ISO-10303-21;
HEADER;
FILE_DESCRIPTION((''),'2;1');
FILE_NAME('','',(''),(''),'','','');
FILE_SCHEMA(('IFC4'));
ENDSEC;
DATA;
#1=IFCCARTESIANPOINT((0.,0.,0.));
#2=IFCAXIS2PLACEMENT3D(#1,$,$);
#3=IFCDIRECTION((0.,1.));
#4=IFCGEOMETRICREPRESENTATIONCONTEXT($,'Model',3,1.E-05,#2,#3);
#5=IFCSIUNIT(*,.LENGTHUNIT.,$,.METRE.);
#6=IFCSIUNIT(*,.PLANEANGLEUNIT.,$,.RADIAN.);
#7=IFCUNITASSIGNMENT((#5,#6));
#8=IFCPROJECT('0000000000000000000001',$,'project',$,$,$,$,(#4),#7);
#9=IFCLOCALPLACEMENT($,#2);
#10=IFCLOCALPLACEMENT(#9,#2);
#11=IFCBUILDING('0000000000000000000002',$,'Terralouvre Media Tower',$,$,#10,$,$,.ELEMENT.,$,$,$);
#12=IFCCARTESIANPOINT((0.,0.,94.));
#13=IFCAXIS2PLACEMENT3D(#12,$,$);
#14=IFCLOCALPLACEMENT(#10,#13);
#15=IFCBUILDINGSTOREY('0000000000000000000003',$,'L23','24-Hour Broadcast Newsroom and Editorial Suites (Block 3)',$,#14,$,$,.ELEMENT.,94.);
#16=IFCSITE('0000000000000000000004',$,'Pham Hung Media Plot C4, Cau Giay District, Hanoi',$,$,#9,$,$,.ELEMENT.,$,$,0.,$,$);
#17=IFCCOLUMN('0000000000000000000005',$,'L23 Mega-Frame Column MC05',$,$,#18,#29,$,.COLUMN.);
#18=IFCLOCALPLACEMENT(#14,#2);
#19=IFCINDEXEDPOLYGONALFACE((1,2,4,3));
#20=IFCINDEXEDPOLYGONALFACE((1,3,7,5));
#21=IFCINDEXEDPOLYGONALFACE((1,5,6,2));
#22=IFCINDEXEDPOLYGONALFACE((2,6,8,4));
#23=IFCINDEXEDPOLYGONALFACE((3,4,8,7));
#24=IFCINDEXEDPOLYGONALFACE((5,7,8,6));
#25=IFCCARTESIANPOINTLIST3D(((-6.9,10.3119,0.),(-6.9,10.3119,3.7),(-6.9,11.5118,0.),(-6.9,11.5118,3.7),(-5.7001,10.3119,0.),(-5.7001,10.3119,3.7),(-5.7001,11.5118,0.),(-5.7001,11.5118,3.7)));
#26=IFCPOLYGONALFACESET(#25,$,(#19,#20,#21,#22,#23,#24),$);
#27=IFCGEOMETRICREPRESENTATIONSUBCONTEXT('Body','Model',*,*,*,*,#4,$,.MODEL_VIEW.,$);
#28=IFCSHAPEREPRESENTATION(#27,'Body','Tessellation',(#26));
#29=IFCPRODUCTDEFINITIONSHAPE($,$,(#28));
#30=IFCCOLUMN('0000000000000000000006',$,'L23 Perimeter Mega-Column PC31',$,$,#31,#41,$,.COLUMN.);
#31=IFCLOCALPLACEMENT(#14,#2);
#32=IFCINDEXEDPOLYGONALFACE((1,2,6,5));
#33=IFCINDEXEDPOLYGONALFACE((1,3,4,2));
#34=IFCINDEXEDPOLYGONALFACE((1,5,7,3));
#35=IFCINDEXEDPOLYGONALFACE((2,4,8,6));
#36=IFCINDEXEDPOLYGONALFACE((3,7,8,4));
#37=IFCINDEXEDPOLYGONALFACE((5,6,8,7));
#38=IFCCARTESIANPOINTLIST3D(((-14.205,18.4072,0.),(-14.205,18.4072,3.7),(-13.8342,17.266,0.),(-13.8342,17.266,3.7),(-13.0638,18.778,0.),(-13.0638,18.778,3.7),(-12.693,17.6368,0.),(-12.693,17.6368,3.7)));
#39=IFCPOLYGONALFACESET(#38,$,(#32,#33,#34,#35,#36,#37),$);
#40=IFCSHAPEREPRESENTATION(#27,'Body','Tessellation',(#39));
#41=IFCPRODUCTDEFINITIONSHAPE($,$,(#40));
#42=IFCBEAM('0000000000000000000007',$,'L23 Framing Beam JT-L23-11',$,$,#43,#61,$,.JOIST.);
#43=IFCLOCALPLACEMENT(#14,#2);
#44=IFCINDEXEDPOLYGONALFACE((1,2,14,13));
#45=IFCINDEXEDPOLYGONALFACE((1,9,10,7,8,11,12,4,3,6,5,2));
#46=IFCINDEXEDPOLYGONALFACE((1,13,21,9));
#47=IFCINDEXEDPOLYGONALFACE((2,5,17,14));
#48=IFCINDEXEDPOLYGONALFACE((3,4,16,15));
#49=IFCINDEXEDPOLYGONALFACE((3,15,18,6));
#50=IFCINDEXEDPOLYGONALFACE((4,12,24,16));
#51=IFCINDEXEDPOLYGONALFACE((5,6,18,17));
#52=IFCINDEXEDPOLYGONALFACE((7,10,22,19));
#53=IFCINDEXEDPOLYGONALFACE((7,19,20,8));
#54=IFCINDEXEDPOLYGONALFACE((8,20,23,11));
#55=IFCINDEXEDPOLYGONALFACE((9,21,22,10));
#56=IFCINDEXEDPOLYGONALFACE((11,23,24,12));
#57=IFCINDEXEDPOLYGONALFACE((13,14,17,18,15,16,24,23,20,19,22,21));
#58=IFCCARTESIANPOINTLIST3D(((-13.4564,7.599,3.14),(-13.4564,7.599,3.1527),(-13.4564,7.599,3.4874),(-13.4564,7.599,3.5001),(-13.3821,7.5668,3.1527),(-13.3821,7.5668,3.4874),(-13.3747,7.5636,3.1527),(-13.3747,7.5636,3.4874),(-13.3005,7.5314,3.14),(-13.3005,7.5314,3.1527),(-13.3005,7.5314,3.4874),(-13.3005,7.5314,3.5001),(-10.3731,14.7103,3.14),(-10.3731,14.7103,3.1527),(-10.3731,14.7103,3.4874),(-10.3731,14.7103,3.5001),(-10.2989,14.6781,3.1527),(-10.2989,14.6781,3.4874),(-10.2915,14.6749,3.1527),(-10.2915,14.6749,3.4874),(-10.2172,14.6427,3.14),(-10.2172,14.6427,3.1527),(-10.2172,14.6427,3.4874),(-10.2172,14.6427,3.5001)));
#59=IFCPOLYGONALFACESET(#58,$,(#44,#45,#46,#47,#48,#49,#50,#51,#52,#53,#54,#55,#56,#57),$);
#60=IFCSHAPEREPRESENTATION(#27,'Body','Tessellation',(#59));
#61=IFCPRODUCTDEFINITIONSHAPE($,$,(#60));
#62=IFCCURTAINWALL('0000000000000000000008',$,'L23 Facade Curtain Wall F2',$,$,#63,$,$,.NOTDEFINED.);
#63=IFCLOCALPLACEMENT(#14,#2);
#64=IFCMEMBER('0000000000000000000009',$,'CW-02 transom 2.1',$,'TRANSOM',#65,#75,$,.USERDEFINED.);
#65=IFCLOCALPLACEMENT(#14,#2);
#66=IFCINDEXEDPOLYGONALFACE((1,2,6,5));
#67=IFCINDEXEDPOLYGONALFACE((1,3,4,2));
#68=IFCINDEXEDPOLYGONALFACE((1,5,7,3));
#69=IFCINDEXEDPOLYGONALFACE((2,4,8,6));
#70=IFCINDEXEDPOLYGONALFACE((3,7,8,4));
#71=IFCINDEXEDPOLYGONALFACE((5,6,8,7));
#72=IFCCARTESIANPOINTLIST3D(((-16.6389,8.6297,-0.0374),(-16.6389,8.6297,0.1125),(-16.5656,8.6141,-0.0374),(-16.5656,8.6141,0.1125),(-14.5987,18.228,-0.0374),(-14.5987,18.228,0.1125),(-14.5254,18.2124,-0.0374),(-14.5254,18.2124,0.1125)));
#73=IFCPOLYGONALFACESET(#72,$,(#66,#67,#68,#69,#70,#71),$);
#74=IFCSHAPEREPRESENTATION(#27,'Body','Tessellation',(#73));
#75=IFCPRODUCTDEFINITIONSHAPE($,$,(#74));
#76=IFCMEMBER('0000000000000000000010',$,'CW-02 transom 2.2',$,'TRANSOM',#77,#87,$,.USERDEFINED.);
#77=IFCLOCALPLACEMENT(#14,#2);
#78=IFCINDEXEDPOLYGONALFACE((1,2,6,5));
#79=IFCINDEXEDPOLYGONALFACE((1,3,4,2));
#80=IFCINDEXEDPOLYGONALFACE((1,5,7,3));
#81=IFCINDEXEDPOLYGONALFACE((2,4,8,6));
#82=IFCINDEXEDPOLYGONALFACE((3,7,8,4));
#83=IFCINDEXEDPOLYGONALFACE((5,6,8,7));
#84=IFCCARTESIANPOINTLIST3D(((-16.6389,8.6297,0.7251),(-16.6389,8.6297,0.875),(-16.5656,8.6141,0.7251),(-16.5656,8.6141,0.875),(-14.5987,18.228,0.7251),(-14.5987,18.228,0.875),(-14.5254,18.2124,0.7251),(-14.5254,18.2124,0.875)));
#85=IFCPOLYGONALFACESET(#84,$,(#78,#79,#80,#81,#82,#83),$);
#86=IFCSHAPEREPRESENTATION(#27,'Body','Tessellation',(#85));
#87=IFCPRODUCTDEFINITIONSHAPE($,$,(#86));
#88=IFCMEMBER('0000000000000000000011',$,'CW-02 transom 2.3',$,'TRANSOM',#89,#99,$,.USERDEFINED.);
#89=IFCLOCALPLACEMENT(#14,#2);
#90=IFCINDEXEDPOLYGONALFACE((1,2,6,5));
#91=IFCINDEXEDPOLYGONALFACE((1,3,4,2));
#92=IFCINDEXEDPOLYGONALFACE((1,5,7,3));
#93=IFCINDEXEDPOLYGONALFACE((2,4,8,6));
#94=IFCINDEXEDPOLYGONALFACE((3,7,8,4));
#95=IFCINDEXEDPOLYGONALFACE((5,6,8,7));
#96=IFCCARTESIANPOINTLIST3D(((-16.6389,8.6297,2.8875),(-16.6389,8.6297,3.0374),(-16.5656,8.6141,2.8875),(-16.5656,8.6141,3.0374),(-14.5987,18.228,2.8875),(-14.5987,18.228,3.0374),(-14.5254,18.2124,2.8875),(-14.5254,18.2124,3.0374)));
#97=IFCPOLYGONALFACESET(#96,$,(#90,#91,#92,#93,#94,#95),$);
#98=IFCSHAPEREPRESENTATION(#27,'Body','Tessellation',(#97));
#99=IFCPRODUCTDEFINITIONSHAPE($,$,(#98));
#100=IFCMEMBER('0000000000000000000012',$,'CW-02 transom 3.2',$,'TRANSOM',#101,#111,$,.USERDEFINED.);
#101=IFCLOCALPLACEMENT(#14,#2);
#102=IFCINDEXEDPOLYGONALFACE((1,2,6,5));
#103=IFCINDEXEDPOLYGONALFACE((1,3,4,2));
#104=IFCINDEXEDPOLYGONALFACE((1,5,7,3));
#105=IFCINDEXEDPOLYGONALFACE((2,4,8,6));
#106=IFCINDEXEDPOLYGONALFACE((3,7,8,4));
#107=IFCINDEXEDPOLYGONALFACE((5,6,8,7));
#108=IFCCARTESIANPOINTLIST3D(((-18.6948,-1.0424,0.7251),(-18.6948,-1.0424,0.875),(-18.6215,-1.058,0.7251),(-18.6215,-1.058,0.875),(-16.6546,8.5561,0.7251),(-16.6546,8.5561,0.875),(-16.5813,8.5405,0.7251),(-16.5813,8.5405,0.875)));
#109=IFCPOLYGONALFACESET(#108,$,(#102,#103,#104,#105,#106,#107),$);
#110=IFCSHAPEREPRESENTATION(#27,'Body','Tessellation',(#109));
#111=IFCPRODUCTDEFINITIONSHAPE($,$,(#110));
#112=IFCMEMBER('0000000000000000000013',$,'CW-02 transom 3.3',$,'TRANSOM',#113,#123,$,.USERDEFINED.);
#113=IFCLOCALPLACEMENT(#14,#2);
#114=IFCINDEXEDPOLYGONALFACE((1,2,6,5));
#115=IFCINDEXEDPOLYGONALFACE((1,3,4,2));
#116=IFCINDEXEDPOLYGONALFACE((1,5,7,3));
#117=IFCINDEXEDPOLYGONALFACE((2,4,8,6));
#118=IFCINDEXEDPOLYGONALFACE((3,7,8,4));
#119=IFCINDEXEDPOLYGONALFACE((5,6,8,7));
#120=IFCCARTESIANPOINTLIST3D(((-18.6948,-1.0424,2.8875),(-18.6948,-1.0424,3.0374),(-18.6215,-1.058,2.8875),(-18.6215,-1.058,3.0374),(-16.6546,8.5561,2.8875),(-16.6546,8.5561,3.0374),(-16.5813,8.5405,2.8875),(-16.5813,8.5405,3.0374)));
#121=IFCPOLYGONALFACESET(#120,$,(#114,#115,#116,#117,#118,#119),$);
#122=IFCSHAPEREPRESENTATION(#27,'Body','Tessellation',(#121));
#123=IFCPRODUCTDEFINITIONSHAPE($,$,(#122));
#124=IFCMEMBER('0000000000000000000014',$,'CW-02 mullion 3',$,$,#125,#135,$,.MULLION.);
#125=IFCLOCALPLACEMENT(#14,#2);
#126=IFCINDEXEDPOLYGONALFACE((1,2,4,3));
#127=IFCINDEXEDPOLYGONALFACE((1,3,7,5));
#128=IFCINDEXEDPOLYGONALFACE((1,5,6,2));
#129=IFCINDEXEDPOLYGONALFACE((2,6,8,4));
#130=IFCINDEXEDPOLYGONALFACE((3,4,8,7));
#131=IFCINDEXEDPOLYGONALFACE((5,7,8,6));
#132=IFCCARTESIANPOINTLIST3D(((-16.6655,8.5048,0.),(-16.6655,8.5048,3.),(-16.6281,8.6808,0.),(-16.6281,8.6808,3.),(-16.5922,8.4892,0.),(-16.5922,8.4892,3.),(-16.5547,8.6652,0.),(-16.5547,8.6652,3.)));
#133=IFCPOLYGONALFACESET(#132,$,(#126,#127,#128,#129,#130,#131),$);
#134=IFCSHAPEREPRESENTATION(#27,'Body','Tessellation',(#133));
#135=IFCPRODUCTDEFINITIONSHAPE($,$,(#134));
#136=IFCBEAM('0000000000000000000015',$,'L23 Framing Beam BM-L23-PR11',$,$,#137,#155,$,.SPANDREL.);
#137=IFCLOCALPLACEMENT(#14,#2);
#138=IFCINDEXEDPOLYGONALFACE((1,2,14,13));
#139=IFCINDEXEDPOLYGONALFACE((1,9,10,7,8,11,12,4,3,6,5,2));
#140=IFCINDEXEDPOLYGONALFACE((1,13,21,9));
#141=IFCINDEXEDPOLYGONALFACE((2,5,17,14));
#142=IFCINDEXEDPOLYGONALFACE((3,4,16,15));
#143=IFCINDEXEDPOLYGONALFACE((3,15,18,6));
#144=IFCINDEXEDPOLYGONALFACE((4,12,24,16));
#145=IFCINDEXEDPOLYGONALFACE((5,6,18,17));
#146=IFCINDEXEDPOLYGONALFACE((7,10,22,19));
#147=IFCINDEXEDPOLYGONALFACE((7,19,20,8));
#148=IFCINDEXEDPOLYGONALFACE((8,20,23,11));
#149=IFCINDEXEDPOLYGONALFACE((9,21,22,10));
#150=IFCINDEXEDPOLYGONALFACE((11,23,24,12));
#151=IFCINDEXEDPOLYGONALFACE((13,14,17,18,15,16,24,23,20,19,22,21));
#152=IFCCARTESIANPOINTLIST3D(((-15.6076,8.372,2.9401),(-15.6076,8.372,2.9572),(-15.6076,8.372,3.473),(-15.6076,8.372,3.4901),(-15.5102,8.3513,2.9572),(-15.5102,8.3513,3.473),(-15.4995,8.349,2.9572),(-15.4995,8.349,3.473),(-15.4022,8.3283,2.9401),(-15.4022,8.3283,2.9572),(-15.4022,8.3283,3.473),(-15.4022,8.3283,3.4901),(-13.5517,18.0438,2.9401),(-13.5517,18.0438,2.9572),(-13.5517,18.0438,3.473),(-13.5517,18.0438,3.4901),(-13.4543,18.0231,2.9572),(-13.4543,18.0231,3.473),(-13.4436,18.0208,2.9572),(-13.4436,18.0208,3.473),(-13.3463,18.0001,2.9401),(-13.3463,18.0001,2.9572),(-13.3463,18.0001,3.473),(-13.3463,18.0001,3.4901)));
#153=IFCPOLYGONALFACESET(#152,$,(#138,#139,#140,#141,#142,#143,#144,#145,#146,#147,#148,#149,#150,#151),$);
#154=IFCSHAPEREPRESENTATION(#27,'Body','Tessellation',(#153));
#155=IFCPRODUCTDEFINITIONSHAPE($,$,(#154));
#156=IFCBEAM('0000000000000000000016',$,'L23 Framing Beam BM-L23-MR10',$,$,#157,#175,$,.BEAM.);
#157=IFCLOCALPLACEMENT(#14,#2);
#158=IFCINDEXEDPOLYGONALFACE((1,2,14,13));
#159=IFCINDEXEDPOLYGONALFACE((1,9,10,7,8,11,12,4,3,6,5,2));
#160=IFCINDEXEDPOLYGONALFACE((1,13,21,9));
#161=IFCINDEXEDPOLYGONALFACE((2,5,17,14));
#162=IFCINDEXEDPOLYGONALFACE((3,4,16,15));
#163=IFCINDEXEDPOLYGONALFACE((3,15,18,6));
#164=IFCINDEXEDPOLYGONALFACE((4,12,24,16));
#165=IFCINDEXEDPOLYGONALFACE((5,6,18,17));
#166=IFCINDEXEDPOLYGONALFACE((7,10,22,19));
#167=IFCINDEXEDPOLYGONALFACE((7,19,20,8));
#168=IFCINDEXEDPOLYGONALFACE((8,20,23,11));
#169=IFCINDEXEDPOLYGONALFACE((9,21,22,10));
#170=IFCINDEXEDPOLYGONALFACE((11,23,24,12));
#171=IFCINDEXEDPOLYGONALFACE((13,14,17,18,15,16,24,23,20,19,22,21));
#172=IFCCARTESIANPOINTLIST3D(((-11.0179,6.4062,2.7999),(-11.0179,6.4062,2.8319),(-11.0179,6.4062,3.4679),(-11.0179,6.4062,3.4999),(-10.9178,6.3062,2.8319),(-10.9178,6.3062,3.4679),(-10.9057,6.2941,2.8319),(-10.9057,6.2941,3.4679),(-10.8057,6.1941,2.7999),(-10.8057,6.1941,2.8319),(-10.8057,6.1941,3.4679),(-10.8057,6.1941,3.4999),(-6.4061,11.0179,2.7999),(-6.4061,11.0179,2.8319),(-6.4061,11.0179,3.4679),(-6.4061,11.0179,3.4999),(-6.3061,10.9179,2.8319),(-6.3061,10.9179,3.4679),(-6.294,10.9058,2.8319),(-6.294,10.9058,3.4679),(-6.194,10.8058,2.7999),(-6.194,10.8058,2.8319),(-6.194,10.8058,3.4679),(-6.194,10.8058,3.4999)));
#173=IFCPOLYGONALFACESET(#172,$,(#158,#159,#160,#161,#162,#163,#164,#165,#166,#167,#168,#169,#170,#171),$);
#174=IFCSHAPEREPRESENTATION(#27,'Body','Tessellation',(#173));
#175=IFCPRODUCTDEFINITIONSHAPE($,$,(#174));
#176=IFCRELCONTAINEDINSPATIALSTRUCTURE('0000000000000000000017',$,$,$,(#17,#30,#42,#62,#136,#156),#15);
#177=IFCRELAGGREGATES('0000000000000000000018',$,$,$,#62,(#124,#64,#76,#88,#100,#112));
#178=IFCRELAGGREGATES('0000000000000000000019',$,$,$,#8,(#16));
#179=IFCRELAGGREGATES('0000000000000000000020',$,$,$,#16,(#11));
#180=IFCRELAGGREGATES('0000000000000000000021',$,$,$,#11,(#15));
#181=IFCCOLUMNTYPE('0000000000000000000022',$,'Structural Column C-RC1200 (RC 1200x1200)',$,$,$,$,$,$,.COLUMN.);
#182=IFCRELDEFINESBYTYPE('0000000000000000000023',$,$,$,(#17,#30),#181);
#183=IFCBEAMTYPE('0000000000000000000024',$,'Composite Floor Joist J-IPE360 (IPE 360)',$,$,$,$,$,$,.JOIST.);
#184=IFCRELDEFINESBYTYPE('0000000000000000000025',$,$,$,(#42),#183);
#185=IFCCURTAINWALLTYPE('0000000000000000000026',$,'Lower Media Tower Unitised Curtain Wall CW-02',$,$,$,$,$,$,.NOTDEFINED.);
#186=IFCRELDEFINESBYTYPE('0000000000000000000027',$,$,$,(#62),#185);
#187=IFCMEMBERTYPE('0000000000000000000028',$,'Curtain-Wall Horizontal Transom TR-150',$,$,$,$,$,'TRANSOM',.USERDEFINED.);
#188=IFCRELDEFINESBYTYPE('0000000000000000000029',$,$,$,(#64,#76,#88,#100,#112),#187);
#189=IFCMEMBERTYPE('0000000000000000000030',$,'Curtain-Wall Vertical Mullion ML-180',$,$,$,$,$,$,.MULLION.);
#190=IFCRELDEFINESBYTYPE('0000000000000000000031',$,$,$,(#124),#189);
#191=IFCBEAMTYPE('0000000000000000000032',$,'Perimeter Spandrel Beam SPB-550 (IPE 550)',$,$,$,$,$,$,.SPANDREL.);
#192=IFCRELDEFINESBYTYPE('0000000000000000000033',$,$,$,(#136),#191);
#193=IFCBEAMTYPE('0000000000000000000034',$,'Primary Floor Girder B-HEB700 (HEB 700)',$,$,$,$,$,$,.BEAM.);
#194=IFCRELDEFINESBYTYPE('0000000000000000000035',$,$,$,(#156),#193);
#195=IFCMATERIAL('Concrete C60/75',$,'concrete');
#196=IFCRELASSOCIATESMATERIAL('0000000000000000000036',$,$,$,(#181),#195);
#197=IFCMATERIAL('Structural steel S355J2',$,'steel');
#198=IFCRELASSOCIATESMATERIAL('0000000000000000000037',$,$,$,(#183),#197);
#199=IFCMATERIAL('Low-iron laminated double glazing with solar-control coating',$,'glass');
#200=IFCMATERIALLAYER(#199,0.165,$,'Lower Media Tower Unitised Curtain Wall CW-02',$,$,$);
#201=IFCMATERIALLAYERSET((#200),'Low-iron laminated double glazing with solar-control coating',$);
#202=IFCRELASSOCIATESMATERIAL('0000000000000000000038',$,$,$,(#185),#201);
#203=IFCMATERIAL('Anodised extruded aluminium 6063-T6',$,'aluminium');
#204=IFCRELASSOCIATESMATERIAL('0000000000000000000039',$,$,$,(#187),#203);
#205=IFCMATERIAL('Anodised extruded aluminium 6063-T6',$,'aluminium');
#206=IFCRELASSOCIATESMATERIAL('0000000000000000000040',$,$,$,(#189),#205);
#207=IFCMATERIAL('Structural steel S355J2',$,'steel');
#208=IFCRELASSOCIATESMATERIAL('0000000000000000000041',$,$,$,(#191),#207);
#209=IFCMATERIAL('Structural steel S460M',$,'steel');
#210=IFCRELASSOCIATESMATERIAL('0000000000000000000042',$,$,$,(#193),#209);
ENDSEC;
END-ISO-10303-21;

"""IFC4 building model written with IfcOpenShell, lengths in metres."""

from ifc_helpers import new_model, si_unit, direction, frame, origin, origin_2d, place, context, subcontext, project, spatial, rectangle, i_section, extrude, material, layer, layer_set, material_profile, profile_set, type_object, element, aggregate, save


model = new_model("IFC4")

# Units and contexts
model_context = context("Model", 3, precision=1e-05, world=origin(), true_north=direction((0.0, 1.0)))
body_context = subcontext(model_context, "Body", "Model", "MODEL_VIEW")
ifc_project = project(units=[si_unit("LENGTHUNIT", "METRE"), si_unit("PLANEANGLEUNIT", "RADIAN")], contexts=[model_context])

# Site, building, storey
site_placement = place(None, origin())
site = spatial("IfcSite", under=ifc_project, at=site_placement, Name="Pham Hung Media Plot C4, Cau Giay District, Hanoi", CompositionType="ELEMENT", RefElevation=0.0)
building_placement = place(site_placement, origin())
building = spatial("IfcBuilding", under=site, at=building_placement, Name="Terralouvre Media Tower", CompositionType="ELEMENT")
storey_placement = place(building_placement, frame((0.0, 0.0, 94.0)))
storey = spatial("IfcBuildingStorey", under=building, at=storey_placement, Name="L23", Description="24-Hour Broadcast Newsroom and Editorial Suites (Block 3)", CompositionType="ELEMENT", Elevation=94.0)

# Columns
ifc_material_1 = material(Name="Concrete C60/75", Category="concrete")
ifc_material_profile_1 = material_profile(ifc_material_1, rectangle(XDim=1.2, YDim=1.2, at=origin_2d()), Name="RC 1200x1200")
ifc_profile_set_1 = profile_set([ifc_material_profile_1], Name="Concrete C60/75")
column_type = type_object("IfcColumnType", Name="Structural Column C-RC1200 (RC 1200x1200)", PredefinedType="COLUMN", material=ifc_profile_set_1)
for number, where, z_axis, x_axis, name in (
    (1, (-6.3, 10.9119, 0.0), (0.0, 0.0, 1.0), (1.0, 0.0, 0.0), "L23 Mega-Frame Column MC05"),
    (2, (-13.449, 18.022, 0.0), (0.0, 0.0, 1.0), (0.951057, 0.309017, 0.0), "L23 Perimeter Mega-Column PC31"),
):
    element("IfcColumn", number, at=place(storey_placement, frame(where, z_axis=z_axis, x_axis=x_axis)), inside=storey, type_object=column_type, Name=name, PredefinedType="COLUMN", context=body_context, shape_type="SweptSolid", body=[
        extrude(rectangle(XDim=1.2, YDim=1.2, at=origin_2d()), origin(), (0.0, 0.0, 1.0), 3.7),
    ])

# Beam
ifc_material_2 = material(Name="Structural steel S355J2", Category="steel")
ifc_material_profile_2 = material_profile(ifc_material_2, i_section(OverallWidth=0.1699, OverallDepth=0.3601, WebThickness=0.0081, FlangeThickness=0.0127, at=origin_2d()), Name="IPE 360")
ifc_profile_set_2 = profile_set([ifc_material_profile_2], Name="Structural steel S355J2")
beam_type_1 = type_object("IfcBeamType", Name="Composite Floor Joist J-IPE360 (IPE 360)", PredefinedType="JOIST", material=ifc_profile_set_2)
beam_1_placement = place(storey_placement, frame((-10.2952, 14.6765, 3.3201), z_axis=(-0.39779, -0.917477, 0.0), x_axis=(0.917477, -0.39779, 0.0)))
element("IfcBeam", 3, at=beam_1_placement, inside=storey, type_object=beam_type_1, Name="L23 Framing Beam JT-L23-11", PredefinedType="JOIST", context=body_context, shape_type="SweptSolid", body=[
    extrude(i_section(OverallWidth=0.1699, OverallDepth=0.3601, WebThickness=0.0081, FlangeThickness=0.0127, at=origin_2d()), origin(), (0.0, 0.0, 1.0), 7.751),
])

# Curtain wall, members
ifc_material_3 = material(Name="Low-iron laminated double glazing with solar-control coating", Category="glass")
ifc_layer_1 = layer(ifc_material_3, 0.165, Name="Lower Media Tower Unitised Curtain Wall CW-02")
ifc_layer_set_1 = layer_set([ifc_layer_1], Name="Low-iron laminated double glazing with solar-control coating")
curtain_wall_type = type_object("IfcCurtainWallType", Name="Lower Media Tower Unitised Curtain Wall CW-02", PredefinedType="NOTDEFINED", material=ifc_layer_set_1)
curtain_wall_placement = place(storey_placement, origin())
curtain_wall = element("IfcCurtainWall", 4, at=curtain_wall_placement, inside=storey, type_object=curtain_wall_type, Name="L23 Facade Curtain Wall F2", PredefinedType="NOTDEFINED")
ifc_material_4 = material(Name="Anodised extruded aluminium 6063-T6", Category="aluminium")
ifc_material_profile_3 = material_profile(ifc_material_4, rectangle(XDim=0.075, YDim=0.1499, at=origin_2d()), Name="ALU 75x150")
ifc_profile_set_3 = profile_set([ifc_material_profile_3], Name="Anodised extruded aluminium 6063-T6")
member_type_1 = type_object("IfcMemberType", Name="Curtain-Wall Horizontal Transom TR-150", ElementType="TRANSOM", PredefinedType="USERDEFINED", material=ifc_profile_set_3)
member_1_placement = place(storey_placement, frame((-14.562, 18.2202, 0.0376), z_axis=(-0.20792, -0.978146, 0.0), x_axis=(0.978146, -0.20792, 0.0)))
member_1 = element("IfcMember", 5, at=member_1_placement, type_object=member_type_1, Name="CW-02 transom 2.1", ObjectType="TRANSOM", PredefinedType="USERDEFINED", context=body_context, shape_type="SweptSolid", body=[
    extrude(rectangle(XDim=0.075, YDim=0.1499, at=origin_2d()), origin(), (0.0, 0.0, 1.0), 9.8127),
])
member_2_placement = place(storey_placement, frame((-14.562, 18.2202, 0.8), z_axis=(-0.20792, -0.978146, 0.0), x_axis=(0.978146, -0.20792, 0.0)))
member_2 = element("IfcMember", 6, at=member_2_placement, type_object=member_type_1, Name="CW-02 transom 2.2", ObjectType="TRANSOM", PredefinedType="USERDEFINED", context=body_context, shape_type="SweptSolid", body=[
    extrude(rectangle(XDim=0.075, YDim=0.1499, at=origin_2d()), origin(), (0.0, 0.0, 1.0), 9.8127),
])
member_3_placement = place(storey_placement, frame((-14.562, 18.2202, 2.9624), z_axis=(-0.20792, -0.978146, 0.0), x_axis=(0.978146, -0.20792, 0.0)))
member_3 = element("IfcMember", 7, at=member_3_placement, type_object=member_type_1, Name="CW-02 transom 2.3", ObjectType="TRANSOM", PredefinedType="USERDEFINED", context=body_context, shape_type="SweptSolid", body=[
    extrude(rectangle(XDim=0.075, YDim=0.1499, at=origin_2d()), origin(), (0.0, 0.0, 1.0), 9.8127),
])
member_4_placement = place(storey_placement, frame((-16.6179, 8.5483, 0.8), z_axis=(-0.207915, -0.978147, 0.0), x_axis=(0.978147, -0.207915, 0.0)))
member_4 = element("IfcMember", 8, at=member_4_placement, type_object=member_type_1, Name="CW-02 transom 3.2", ObjectType="TRANSOM", PredefinedType="USERDEFINED", context=body_context, shape_type="SweptSolid", body=[
    extrude(rectangle(XDim=0.075, YDim=0.1499, at=origin_2d()), origin(), (0.0, 0.0, 1.0), 9.813),
])
member_5_placement = place(storey_placement, frame((-16.6179, 8.5483, 2.9624), z_axis=(-0.207915, -0.978147, 0.0), x_axis=(0.978147, -0.207915, 0.0)))
member_5 = element("IfcMember", 9, at=member_5_placement, type_object=member_type_1, Name="CW-02 transom 3.3", ObjectType="TRANSOM", PredefinedType="USERDEFINED", context=body_context, shape_type="SweptSolid", body=[
    extrude(rectangle(XDim=0.075, YDim=0.1499, at=origin_2d()), origin(), (0.0, 0.0, 1.0), 9.813),
])
ifc_material_5 = material(Name="Anodised extruded aluminium 6063-T6", Category="aluminium")
ifc_material_profile_4 = material_profile(ifc_material_5, rectangle(XDim=0.075, YDim=0.1799, at=origin_2d()), Name="ALU 75x180")
ifc_profile_set_4 = profile_set([ifc_material_profile_4], Name="Anodised extruded aluminium 6063-T6")
member_type_2 = type_object("IfcMemberType", Name="Curtain-Wall Vertical Mullion ML-180", PredefinedType="MULLION", material=ifc_profile_set_4)
member_6_placement = place(storey_placement, frame((-16.6101, 8.585, 0.0), z_axis=(0.0, 0.0, 1.0), x_axis=(0.978148, -0.207912, 0.0)))
member_6 = element("IfcMember", 10, at=member_6_placement, type_object=member_type_2, Name="CW-02 mullion 3", PredefinedType="MULLION", context=body_context, shape_type="SweptSolid", body=[
    extrude(rectangle(XDim=0.075, YDim=0.1799, at=origin_2d()), origin(), (0.0, 0.0, 1.0), 3.0),
])

# Beams
ifc_material_6 = material(Name="Structural steel S355J2", Category="steel")
ifc_material_profile_5 = material_profile(ifc_material_6, i_section(OverallWidth=0.21, OverallDepth=0.55, WebThickness=0.011, FlangeThickness=0.0171, at=origin_2d()), Name="IPE 550")
ifc_profile_set_5 = profile_set([ifc_material_profile_5], Name="Structural steel S355J2")
beam_type_2 = type_object("IfcBeamType", Name="Perimeter Spandrel Beam SPB-550 (IPE 550)", PredefinedType="SPANDREL", material=ifc_profile_set_5)
beam_2_placement = place(storey_placement, frame((-13.449, 18.022, 3.2151), z_axis=(-0.20792, -0.978146, 0.0), x_axis=(0.978146, -0.20792, 0.0)))
element("IfcBeam", 11, at=beam_2_placement, inside=storey, type_object=beam_type_2, Name="L23 Framing Beam BM-L23-PR11", PredefinedType="SPANDREL", context=body_context, shape_type="SweptSolid", body=[
    extrude(i_section(OverallWidth=0.21, OverallDepth=0.55, WebThickness=0.011, FlangeThickness=0.0171, at=origin_2d()), origin(), (0.0, 0.0, 1.0), 9.8879),
])
ifc_material_7 = material(Name="Structural steel S460M", Category="steel")
ifc_material_profile_6 = material_profile(ifc_material_7, i_section(OverallWidth=0.3, OverallDepth=0.7, WebThickness=0.0171, FlangeThickness=0.032, at=origin_2d()), Name="HEB 700")
ifc_profile_set_6 = profile_set([ifc_material_profile_6], Name="Structural steel S460M")
beam_type_3 = type_object("IfcBeamType", Name="Primary Floor Girder B-HEB700 (HEB 700)", PredefinedType="BEAM", material=ifc_profile_set_6)
beam_3_placement = place(storey_placement, frame((-6.3, 10.9119, 3.1499), z_axis=(-0.707107, -0.707107, 0.0), x_axis=(0.707107, -0.707107, 0.0)))
element("IfcBeam", 12, at=beam_3_placement, inside=storey, type_object=beam_type_3, Name="L23 Framing Beam BM-L23-MR10", PredefinedType="BEAM", context=body_context, shape_type="SweptSolid", body=[
    extrude(i_section(OverallWidth=0.3, OverallDepth=0.7, WebThickness=0.0171, FlangeThickness=0.032, at=origin_2d()), origin(), (0.0, 0.0, 1.0), 6.522),
])

aggregate(curtain_wall, [member_6, member_1, member_2, member_3, member_4, member_5])

save(model, "model.ifc")
